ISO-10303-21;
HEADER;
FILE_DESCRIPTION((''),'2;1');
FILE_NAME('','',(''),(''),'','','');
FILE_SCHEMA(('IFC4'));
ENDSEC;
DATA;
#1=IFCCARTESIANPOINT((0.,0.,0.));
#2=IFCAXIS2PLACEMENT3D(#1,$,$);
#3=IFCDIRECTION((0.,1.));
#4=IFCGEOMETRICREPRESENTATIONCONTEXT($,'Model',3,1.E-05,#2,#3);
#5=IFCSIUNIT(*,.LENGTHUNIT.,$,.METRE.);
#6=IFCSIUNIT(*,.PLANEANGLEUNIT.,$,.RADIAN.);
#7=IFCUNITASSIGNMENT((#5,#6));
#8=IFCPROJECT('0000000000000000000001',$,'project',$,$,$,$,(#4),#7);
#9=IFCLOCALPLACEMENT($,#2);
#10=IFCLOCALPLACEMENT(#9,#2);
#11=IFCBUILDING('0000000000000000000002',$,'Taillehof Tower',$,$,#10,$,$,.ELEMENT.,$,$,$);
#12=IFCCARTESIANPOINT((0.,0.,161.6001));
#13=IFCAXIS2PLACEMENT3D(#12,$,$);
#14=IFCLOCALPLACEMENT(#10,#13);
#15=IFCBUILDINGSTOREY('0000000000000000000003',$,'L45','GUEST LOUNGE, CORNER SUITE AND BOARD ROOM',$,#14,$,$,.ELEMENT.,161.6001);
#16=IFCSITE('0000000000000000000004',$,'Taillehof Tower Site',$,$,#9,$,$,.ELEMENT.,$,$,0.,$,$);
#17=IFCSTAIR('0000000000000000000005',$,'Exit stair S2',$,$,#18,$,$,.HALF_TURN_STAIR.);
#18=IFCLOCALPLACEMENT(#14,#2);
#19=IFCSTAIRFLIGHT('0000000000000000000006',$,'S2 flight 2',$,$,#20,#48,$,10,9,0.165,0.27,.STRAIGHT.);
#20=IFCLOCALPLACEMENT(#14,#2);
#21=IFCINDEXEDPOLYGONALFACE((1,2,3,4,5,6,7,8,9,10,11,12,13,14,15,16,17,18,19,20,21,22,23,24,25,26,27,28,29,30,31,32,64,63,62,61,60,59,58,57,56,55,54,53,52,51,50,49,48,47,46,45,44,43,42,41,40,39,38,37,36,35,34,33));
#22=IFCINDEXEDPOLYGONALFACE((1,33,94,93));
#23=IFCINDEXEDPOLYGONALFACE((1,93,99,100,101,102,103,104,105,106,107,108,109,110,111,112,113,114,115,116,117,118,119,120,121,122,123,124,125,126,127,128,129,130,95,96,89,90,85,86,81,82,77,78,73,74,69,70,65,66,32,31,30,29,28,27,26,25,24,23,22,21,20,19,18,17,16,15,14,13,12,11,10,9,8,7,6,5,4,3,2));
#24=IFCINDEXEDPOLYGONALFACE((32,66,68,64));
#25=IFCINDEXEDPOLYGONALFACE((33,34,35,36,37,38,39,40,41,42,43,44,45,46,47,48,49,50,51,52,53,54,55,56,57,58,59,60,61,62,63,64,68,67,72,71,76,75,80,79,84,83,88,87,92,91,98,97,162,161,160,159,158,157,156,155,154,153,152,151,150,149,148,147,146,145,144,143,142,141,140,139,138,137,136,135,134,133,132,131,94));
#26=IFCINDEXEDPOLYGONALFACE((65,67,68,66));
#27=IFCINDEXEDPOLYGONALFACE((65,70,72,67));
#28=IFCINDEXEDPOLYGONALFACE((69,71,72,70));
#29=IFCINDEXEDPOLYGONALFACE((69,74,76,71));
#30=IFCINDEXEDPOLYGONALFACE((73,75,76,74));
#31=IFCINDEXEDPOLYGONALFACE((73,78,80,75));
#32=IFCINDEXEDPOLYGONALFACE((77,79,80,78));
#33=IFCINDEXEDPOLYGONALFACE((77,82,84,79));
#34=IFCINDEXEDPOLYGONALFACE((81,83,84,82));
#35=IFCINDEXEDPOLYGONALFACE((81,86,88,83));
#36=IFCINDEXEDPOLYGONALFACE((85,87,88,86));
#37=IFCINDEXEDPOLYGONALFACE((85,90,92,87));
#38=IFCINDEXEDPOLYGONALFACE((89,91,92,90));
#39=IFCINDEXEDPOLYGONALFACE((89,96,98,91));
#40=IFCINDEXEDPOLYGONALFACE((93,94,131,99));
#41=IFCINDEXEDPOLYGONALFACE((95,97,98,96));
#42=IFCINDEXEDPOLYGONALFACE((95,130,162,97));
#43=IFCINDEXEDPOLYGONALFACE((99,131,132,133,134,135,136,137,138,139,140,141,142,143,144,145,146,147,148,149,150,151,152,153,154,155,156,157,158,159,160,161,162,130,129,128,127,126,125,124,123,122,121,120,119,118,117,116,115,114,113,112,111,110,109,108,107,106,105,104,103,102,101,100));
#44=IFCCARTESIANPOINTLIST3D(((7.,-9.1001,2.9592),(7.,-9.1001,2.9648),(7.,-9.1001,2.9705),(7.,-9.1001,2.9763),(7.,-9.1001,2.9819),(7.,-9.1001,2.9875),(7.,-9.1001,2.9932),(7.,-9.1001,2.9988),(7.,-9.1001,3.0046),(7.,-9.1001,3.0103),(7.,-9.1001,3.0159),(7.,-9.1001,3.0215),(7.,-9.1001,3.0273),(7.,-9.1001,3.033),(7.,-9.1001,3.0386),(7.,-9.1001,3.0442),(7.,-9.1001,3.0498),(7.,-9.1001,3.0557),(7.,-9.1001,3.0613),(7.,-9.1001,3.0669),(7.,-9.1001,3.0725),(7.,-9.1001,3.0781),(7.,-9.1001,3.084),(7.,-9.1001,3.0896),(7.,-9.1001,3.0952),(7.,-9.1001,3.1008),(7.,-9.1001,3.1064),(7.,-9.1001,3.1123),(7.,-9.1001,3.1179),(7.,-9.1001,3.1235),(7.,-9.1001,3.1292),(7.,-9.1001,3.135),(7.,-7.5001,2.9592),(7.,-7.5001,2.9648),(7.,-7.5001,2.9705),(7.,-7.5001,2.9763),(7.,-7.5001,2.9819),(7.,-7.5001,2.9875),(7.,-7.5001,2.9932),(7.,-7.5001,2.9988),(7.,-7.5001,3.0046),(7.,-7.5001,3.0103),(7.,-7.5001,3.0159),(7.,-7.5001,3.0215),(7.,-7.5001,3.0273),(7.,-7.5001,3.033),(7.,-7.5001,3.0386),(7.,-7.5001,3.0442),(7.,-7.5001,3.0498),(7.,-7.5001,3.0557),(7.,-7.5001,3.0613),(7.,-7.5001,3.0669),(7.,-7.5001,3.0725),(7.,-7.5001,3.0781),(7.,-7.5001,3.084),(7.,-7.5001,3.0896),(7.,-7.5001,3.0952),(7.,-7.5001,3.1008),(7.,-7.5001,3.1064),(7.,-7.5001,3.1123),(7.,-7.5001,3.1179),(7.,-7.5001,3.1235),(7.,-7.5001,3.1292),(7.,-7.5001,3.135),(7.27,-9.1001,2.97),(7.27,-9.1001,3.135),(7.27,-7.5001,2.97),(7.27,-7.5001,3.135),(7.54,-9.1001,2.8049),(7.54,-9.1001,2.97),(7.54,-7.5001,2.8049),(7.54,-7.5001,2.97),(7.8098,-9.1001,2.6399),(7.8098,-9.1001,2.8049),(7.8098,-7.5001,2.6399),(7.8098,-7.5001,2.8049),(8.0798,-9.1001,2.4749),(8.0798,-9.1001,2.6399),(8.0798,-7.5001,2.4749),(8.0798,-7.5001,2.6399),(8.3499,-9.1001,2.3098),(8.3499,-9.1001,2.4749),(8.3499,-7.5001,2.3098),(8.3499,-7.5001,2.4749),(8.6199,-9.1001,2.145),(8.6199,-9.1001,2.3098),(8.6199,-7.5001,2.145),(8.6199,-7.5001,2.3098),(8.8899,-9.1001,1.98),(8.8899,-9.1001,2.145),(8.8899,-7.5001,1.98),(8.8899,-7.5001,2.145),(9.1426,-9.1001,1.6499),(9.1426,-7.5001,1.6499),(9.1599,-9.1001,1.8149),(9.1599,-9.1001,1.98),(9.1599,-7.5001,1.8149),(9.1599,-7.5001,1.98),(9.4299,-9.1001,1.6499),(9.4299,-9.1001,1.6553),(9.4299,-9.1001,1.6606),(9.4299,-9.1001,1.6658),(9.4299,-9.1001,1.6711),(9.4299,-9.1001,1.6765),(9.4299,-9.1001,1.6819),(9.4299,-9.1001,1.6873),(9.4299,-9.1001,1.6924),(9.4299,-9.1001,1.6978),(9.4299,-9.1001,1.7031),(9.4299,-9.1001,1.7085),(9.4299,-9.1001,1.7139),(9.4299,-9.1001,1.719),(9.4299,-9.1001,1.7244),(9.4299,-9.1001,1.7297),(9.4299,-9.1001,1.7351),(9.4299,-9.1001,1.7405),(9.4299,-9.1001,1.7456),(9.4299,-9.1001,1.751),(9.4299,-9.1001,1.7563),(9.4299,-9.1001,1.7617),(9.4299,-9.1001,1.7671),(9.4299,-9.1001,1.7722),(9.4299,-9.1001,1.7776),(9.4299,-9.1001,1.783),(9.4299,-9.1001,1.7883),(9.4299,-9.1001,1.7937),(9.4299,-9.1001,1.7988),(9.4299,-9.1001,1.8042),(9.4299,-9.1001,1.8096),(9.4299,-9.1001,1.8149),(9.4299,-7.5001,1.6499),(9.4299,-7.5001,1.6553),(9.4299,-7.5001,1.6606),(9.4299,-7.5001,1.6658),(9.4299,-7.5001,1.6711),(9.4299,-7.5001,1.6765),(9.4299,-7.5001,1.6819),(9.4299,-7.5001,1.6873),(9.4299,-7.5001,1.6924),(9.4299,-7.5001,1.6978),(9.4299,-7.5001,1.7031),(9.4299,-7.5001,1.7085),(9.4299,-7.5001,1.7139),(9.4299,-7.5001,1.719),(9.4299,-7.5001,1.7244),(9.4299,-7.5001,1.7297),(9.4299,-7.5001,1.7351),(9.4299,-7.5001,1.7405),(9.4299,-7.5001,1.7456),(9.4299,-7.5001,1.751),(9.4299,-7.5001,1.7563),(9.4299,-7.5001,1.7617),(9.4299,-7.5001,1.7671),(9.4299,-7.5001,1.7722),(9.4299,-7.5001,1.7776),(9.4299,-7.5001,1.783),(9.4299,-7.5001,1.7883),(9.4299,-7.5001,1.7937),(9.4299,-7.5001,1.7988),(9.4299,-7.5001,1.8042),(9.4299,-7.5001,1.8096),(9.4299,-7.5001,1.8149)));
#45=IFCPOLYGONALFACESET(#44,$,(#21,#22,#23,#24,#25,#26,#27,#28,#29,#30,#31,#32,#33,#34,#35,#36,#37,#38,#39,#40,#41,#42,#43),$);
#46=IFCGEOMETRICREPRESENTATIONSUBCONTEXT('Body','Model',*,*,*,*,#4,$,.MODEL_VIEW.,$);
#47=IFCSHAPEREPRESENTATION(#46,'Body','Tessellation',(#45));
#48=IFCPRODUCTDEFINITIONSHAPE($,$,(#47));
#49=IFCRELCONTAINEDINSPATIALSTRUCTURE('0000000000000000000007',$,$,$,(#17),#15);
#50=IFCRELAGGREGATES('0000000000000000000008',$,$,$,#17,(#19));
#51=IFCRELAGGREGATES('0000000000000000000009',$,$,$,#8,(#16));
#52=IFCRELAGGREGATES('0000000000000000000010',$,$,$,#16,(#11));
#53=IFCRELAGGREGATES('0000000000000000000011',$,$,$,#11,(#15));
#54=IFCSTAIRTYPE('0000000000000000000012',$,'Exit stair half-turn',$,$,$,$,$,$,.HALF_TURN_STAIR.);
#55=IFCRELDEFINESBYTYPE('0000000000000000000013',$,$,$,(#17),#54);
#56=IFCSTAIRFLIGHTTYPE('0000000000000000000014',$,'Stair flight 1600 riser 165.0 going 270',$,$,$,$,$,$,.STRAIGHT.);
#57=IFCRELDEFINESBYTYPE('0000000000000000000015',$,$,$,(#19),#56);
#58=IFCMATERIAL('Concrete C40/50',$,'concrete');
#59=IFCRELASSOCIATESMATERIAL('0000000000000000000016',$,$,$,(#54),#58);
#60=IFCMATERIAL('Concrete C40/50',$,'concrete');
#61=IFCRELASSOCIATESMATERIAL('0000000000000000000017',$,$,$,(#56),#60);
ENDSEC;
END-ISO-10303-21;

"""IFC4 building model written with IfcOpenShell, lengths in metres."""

from ifc_helpers import new_model, si_unit, direction, frame, origin, place, context, subcontext, project, spatial, polyline, outline, extrude, material, type_object, element, aggregate, save


model = new_model("IFC4")

# Units and contexts
model_context = context("Model", 3, precision=1e-05, world=origin(), true_north=direction((0.0, 1.0)))
body_context = subcontext(model_context, "Body", "Model", "MODEL_VIEW")
ifc_project = project(units=[si_unit("LENGTHUNIT", "METRE"), si_unit("PLANEANGLEUNIT", "RADIAN")], contexts=[model_context])

# Site, building, storey
site_placement = place(None, origin())
site = spatial("IfcSite", under=ifc_project, at=site_placement, Name="Taillehof Tower Site", CompositionType="ELEMENT", RefElevation=0.0)
building_placement = place(site_placement, origin())
building = spatial("IfcBuilding", under=site, at=building_placement, Name="Taillehof Tower", CompositionType="ELEMENT")
storey_placement = place(building_placement, frame((0.0, 0.0, 161.6001)))
storey = spatial("IfcBuildingStorey", under=building, at=storey_placement, Name="L45", Description="GUEST LOUNGE, CORNER SUITE AND BOARD ROOM", CompositionType="ELEMENT", Elevation=161.6001)

# Stair, stair flight
ifc_material_1 = material(Name="Concrete C40/50", Category="concrete")
stair_type = type_object("IfcStairType", Name="Exit stair half-turn", PredefinedType="HALF_TURN_STAIR", material=ifc_material_1)
stair_placement = place(storey_placement, origin())
stair = element("IfcStair", 1, at=stair_placement, inside=storey, type_object=stair_type, Name="Exit stair S2", PredefinedType="HALF_TURN_STAIR")
ifc_material_2 = material(Name="Concrete C40/50", Category="concrete")
stair_flight_type = type_object("IfcStairFlightType", Name="Stair flight 1600 riser 165.0 going 270", PredefinedType="STRAIGHT", material=ifc_material_2)
stair_flight_placement = place(storey_placement, frame((9.4299, -8.3, 1.6499), z_axis=(0.0, 0.0, 1.0), x_axis=(-1.0, 0.0, 0.0)))
stair_flight = element("IfcStairFlight", 2, at=stair_flight_placement, type_object=stair_flight_type, Name="S2 flight 2", NumberOfRisers=10, NumberOfTreads=9, PredefinedType="STRAIGHT", RiserHeight=0.165, TreadLength=0.27, context=body_context, shape_type="SweptSolid", body=[
    extrude(outline(polyline([(0.0, 0.0), (0.0, 0.0054), (0.0, 0.0107), (0.0, 0.0159), (0.0, 0.0212), (0.0, 0.0266), (0.0, 0.032), (0.0, 0.0374), (0.0, 0.0425), (0.0, 0.0479), (0.0, 0.0532), (0.0, 0.0586), (0.0, 0.064), (0.0, 0.0691), (0.0, 0.0745), (0.0, 0.0798), (0.0, 0.0852), (0.0, 0.0906), (0.0, 0.0957), (0.0, 0.1011), (0.0, 0.1064), (0.0, 0.1118), (0.0, 0.1172), (0.0, 0.1223), (0.0, 0.1277), (0.0, 0.1331), (0.0, 0.1384), (0.0, 0.1438), (0.0, 0.1489), (0.0, 0.1543), (0.0, 0.1597), (0.0, 0.165), (0.27, 0.165), (0.27, 0.3301), (0.54, 0.3301), (0.54, 0.4951), (0.8101, 0.4951), (0.8101, 0.6599), (1.0801, 0.6599), (1.0801, 0.825), (1.3501, 0.825), (1.3501, 0.99), (1.6201, 0.99), (1.6201, 1.155), (1.8899, 1.155), (1.8899, 1.3201), (2.1599, 1.3201), (2.1599, 1.4851), (2.4299, 1.4851), (2.4299, 1.4792), (2.4299, 1.4736), (2.4299, 1.468), (2.4299, 1.4624), (2.4299, 1.4565), (2.4299, 1.4509), (2.4299, 1.4453), (2.4299, 1.4397), (2.4299, 1.4341), (2.4299, 1.4282), (2.4299, 1.4226), (2.4299, 1.417), (2.4299, 1.4114), (2.4299, 1.4058), (2.4299, 1.3999), (2.4299, 1.3943), (2.4299, 1.3887), (2.4299, 1.3831), (2.4299, 1.3774), (2.4299, 1.3716), (2.4299, 1.366), (2.4299, 1.3604), (2.4299, 1.3547), (2.4299, 1.3489), (2.4299, 1.3433), (2.4299, 1.3376), (2.4299, 1.332), (2.4299, 1.3264), (2.4299, 1.3206), (2.4299, 1.3149), (2.4299, 1.3093), (0.2874, 0.0), (0.0, 0.0)])), frame((0.0, 0.8, 0.0), z_axis=(0.0, -1.0, 0.0), x_axis=(1.0, 0.0, 0.0)), (0.0, 0.0, 1.0), 1.6),
])
aggregate(stair, [stair_flight])

save(model, "model.ifc")
